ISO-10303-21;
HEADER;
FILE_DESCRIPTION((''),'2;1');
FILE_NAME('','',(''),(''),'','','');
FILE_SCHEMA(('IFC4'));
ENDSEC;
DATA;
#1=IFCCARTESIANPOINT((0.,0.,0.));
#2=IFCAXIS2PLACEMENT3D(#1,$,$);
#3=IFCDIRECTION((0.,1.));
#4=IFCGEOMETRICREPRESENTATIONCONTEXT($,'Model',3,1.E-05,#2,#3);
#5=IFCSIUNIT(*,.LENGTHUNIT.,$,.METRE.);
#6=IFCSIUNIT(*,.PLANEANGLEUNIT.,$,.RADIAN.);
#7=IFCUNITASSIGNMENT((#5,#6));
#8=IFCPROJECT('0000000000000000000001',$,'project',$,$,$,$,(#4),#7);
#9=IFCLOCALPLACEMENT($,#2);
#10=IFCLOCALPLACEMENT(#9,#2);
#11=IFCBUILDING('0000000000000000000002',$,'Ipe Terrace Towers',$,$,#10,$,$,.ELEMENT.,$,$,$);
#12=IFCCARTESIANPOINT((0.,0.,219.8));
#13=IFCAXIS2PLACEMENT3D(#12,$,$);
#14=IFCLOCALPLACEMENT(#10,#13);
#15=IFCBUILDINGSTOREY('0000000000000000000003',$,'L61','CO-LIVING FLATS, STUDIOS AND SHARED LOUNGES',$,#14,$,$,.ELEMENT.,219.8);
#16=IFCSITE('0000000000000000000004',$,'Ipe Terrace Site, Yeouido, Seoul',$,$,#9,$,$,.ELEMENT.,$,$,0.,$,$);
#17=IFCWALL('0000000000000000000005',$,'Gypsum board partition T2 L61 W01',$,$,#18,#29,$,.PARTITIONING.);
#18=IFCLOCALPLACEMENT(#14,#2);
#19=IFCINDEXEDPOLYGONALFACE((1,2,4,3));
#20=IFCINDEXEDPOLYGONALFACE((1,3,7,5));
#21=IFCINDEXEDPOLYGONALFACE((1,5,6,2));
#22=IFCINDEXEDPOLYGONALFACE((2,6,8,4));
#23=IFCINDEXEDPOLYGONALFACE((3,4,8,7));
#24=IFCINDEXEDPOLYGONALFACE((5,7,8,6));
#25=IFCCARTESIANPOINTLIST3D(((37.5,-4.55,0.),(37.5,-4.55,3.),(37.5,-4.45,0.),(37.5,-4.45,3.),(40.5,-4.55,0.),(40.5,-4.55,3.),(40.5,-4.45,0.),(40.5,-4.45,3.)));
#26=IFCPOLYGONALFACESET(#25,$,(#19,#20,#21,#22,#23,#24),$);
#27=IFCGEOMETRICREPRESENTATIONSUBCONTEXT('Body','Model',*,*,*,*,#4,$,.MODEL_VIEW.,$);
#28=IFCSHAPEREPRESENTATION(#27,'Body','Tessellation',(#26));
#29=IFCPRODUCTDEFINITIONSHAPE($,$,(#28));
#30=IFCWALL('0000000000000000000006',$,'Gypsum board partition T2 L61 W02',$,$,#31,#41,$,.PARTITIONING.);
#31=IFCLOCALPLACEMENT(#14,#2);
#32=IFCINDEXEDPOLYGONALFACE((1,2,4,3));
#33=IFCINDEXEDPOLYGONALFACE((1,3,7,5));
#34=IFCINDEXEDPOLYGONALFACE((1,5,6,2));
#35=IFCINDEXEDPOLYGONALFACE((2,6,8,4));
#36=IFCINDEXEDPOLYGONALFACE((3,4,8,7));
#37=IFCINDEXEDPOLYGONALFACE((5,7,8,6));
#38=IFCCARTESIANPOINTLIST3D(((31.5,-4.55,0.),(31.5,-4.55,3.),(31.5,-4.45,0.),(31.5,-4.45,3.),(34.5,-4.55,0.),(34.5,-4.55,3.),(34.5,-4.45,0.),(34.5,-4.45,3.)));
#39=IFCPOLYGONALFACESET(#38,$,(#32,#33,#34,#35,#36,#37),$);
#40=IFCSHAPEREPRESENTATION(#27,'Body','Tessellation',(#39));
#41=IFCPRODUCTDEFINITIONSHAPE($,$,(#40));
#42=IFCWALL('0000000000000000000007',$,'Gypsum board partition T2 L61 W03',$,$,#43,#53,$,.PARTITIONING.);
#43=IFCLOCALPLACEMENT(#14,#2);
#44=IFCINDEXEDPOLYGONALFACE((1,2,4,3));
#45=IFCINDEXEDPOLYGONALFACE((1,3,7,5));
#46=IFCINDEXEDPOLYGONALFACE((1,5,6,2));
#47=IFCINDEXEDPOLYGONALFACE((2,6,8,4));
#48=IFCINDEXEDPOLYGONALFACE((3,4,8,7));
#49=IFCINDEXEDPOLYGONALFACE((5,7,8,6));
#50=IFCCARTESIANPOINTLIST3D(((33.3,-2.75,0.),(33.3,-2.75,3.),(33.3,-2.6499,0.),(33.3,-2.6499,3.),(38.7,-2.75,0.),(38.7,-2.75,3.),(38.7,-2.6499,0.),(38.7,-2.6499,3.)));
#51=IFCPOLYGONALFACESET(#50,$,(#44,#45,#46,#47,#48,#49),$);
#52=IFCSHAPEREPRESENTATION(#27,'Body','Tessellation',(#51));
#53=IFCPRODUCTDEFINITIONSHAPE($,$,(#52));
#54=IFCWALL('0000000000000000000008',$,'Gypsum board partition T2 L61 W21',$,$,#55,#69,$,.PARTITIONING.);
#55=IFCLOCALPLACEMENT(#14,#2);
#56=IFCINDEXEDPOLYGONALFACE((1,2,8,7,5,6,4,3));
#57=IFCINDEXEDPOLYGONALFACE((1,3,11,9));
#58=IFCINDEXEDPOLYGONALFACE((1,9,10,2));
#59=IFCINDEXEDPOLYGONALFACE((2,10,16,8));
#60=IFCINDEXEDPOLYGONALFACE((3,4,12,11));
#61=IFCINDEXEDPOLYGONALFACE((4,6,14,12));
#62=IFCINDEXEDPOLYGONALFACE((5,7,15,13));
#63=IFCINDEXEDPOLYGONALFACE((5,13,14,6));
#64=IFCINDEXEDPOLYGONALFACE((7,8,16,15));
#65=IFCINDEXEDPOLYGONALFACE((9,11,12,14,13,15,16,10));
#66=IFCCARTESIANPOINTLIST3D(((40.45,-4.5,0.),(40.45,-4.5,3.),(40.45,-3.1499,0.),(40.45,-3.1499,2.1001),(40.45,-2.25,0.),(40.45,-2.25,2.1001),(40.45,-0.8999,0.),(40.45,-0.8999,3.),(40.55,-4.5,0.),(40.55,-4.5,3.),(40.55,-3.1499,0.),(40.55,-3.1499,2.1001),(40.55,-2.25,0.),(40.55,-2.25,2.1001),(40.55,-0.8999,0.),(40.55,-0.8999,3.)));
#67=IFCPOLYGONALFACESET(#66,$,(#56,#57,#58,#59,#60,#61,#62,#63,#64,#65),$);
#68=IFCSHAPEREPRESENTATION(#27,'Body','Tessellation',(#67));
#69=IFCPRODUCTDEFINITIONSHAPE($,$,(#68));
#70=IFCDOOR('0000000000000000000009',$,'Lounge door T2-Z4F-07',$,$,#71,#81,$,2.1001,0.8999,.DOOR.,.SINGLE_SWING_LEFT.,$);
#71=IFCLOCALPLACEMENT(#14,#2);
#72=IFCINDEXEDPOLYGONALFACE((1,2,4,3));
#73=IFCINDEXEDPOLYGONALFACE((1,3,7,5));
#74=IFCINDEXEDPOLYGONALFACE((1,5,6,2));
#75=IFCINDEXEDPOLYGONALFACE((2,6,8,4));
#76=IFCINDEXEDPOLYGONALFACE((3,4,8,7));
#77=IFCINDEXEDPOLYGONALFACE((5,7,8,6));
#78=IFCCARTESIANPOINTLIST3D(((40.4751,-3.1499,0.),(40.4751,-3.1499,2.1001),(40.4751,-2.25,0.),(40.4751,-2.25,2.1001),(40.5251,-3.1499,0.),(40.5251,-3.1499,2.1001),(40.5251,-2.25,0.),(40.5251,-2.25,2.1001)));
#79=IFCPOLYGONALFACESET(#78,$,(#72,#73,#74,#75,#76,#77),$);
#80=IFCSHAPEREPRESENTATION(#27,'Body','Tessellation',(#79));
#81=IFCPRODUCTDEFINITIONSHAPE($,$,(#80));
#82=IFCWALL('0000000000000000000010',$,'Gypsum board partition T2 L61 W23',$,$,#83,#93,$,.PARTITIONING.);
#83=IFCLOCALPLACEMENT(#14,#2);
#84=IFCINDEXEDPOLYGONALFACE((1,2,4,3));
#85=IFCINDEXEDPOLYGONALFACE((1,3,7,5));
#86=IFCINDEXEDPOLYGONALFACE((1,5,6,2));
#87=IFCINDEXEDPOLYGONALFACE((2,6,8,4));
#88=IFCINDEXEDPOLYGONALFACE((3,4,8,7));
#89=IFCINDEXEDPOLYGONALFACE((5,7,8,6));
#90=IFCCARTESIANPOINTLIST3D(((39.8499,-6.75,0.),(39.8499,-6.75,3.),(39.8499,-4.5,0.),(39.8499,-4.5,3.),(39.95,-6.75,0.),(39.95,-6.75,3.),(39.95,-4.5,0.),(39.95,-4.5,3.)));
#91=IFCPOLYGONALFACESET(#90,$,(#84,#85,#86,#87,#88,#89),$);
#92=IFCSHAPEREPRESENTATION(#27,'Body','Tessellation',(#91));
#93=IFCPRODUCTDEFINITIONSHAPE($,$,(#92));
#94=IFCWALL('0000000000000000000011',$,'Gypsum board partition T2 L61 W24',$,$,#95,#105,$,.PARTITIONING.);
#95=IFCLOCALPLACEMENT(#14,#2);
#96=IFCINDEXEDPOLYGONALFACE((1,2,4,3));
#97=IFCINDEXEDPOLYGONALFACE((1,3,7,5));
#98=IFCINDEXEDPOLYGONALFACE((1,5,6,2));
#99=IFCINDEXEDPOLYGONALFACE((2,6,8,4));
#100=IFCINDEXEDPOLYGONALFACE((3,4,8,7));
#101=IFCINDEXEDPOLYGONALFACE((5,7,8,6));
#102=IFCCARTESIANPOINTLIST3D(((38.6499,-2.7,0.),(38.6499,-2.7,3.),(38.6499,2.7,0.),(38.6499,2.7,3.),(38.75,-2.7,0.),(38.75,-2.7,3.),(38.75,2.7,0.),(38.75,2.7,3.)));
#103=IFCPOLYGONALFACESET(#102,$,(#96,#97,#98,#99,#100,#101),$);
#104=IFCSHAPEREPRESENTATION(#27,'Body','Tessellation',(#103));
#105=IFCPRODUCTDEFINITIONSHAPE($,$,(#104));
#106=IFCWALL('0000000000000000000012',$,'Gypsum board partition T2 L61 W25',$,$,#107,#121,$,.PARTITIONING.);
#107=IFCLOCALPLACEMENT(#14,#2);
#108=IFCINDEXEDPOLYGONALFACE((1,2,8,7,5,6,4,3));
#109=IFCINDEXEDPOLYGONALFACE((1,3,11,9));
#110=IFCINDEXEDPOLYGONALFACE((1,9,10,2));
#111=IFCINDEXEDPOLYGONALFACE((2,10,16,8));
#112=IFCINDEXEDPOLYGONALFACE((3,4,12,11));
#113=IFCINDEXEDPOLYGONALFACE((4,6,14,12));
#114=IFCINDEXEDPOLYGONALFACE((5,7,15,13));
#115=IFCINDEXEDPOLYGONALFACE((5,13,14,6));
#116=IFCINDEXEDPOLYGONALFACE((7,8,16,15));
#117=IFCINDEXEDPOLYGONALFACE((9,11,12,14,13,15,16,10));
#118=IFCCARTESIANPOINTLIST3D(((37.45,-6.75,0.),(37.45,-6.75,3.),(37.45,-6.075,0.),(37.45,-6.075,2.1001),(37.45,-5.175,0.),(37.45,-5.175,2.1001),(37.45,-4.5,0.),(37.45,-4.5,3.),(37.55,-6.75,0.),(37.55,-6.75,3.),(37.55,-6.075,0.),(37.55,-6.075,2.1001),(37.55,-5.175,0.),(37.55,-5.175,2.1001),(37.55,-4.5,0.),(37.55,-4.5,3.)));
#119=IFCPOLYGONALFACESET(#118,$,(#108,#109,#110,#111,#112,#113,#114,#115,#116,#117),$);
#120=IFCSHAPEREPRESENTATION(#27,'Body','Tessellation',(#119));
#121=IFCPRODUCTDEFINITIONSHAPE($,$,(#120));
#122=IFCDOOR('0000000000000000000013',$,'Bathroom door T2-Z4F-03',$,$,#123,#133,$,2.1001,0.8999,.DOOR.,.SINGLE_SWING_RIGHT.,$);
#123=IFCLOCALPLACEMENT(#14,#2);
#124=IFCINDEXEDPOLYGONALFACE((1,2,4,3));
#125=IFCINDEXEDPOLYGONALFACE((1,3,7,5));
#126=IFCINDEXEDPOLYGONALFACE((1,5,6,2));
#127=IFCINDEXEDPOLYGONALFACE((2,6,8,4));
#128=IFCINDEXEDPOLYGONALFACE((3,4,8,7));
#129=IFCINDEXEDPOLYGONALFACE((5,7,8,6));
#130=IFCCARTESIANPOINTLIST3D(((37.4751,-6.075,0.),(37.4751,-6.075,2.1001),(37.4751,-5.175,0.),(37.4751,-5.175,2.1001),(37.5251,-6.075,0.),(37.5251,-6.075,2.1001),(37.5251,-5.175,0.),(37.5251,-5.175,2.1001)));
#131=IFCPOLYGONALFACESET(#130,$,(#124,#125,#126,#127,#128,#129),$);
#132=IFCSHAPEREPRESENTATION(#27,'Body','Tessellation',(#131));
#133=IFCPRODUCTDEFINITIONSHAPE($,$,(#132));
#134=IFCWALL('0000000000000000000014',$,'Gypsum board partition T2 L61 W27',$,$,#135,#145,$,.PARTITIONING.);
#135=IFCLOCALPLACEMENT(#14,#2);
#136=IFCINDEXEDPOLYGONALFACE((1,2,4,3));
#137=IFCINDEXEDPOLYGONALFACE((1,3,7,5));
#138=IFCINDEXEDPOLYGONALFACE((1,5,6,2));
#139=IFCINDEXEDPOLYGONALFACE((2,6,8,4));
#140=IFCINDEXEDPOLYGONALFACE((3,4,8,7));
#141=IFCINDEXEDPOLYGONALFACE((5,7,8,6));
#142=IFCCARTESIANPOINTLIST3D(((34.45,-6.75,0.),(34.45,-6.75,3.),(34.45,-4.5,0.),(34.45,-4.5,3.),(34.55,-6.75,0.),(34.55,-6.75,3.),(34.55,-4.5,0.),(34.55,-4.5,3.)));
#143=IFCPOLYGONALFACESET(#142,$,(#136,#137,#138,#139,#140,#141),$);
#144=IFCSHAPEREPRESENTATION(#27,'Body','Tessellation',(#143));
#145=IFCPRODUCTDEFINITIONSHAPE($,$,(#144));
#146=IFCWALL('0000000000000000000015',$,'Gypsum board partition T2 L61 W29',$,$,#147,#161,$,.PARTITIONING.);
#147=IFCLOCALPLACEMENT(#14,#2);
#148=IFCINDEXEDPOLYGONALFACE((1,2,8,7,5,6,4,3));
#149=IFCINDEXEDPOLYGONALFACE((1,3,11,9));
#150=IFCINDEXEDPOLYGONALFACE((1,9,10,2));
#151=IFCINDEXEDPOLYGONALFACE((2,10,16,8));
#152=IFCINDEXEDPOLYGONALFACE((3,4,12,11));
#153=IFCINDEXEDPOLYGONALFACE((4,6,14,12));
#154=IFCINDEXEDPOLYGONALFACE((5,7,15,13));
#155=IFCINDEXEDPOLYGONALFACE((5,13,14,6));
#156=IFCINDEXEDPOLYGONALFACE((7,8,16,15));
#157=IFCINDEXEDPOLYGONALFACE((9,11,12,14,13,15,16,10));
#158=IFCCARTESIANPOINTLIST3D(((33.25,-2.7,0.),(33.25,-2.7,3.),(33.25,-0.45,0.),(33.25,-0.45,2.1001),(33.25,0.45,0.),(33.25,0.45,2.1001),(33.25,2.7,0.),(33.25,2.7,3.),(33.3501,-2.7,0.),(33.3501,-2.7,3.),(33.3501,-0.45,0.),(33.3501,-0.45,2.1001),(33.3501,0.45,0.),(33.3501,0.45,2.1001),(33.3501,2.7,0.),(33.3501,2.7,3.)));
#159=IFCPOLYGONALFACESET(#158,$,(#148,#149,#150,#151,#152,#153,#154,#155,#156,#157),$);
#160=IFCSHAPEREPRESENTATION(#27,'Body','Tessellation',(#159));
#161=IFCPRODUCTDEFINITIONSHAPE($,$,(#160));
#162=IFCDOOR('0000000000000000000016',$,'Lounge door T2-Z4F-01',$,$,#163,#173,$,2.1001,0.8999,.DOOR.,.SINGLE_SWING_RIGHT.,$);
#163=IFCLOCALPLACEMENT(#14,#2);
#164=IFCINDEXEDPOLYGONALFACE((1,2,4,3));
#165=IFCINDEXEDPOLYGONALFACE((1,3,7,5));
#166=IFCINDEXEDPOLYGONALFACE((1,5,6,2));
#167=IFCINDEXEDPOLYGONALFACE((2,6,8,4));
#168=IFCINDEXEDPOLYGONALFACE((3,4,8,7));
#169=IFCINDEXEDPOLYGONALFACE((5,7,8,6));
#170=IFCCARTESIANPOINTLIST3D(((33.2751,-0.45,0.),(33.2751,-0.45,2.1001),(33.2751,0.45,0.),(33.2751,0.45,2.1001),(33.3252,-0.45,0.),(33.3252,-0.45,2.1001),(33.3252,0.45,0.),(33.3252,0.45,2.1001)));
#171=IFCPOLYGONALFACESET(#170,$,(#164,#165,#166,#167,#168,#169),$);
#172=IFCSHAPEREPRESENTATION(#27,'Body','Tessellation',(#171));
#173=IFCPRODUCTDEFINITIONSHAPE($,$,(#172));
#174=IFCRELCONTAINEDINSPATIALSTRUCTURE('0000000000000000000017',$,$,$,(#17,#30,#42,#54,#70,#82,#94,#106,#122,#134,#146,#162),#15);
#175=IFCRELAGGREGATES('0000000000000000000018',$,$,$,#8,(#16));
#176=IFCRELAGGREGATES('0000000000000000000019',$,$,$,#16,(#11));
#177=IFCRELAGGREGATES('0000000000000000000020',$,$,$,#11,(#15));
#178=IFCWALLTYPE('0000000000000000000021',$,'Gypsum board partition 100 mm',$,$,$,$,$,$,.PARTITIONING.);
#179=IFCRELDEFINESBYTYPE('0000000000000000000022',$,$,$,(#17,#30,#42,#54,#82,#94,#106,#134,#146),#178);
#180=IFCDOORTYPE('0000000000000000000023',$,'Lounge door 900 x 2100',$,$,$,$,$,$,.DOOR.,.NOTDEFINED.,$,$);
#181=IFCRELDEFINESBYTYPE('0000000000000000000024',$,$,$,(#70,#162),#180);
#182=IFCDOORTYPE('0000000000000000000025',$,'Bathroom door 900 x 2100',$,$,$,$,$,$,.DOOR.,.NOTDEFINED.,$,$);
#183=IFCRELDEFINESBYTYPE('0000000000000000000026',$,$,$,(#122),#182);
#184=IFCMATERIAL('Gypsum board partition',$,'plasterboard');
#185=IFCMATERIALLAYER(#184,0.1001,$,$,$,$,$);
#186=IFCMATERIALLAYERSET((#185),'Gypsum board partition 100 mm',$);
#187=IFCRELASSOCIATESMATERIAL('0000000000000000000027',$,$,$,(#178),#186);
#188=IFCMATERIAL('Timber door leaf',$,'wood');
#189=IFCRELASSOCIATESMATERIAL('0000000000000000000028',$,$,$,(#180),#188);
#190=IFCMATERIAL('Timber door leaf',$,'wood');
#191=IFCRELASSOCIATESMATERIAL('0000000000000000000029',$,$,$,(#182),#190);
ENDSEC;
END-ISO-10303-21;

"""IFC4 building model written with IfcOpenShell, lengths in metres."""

from ifc_helpers import new_model, si_unit, direction, frame, frame_2d, origin, place, context, subcontext, project, spatial, rectangle, extrude, material, layer, layer_set, type_object, element, fill, save


model = new_model("IFC4")

# Units and contexts
model_context = context("Model", 3, precision=1e-05, world=origin(), true_north=direction((0.0, 1.0)))
body_context = subcontext(model_context, "Body", "Model", "MODEL_VIEW")
ifc_project = project(units=[si_unit("LENGTHUNIT", "METRE"), si_unit("PLANEANGLEUNIT", "RADIAN")], contexts=[model_context])

# Site, building, storey
site_placement = place(None, origin())
site = spatial("IfcSite", under=ifc_project, at=site_placement, Name="Ipe Terrace Site, Yeouido, Seoul", CompositionType="ELEMENT", RefElevation=0.0)
building_placement = place(site_placement, origin())
building = spatial("IfcBuilding", under=site, at=building_placement, Name="Ipe Terrace Towers", CompositionType="ELEMENT")
storey_placement = place(building_placement, frame((0.0, 0.0, 219.8)))
storey = spatial("IfcBuildingStorey", under=building, at=storey_placement, Name="L61", Description="CO-LIVING FLATS, STUDIOS AND SHARED LOUNGES", CompositionType="ELEMENT", Elevation=219.8)

# Walls
ifc_material_1 = material(Name="Gypsum board partition", Category="plasterboard")
ifc_layer_1 = layer(ifc_material_1, 0.1001)
ifc_layer_set_1 = layer_set([ifc_layer_1], Name="Gypsum board partition 100 mm")
wall_type_1 = type_object("IfcWallType", Name="Gypsum board partition 100 mm", PredefinedType="PARTITIONING", material=ifc_layer_set_1)
for number, where, z_axis, x_axis, name in (
    (1, (40.5, -4.5, 0.0), (0.0, 0.0, 1.0), (-1.0, 0.0, 0.0), "Gypsum board partition T2 L61 W01"),
    (2, (34.5, -4.5, 0.0), (0.0, 0.0, 1.0), (-1.0, 0.0, 0.0), "Gypsum board partition T2 L61 W02"),
):
    element("IfcWall", number, at=place(storey_placement, frame(where, z_axis=z_axis, x_axis=x_axis)), inside=storey, type_object=wall_type_1, Name=name, PredefinedType="PARTITIONING", context=body_context, shape_type="SweptSolid", body=[
        extrude(rectangle(XDim=3.0, YDim=0.1001, at=frame_2d((1.5, 0.0))), origin(), (0.0, 0.0, 1.0), 3.0),
    ])
wall_1_placement = place(storey_placement, frame((38.7, -2.7, 0.0), z_axis=(0.0, 0.0, 1.0), x_axis=(-1.0, 0.0, 0.0)))
element("IfcWall", 3, at=wall_1_placement, inside=storey, type_object=wall_type_1, Name="Gypsum board partition T2 L61 W03", PredefinedType="PARTITIONING", context=body_context, shape_type="SweptSolid", body=[
    extrude(rectangle(XDim=5.3999, YDim=0.1001, at=frame_2d((2.7, 0.0))), origin(), (0.0, 0.0, 1.0), 3.0),
])

# Wall, opening, door
wall_2_placement = place(storey_placement, frame((40.5, -4.5, 0.0), z_axis=(0.0, 0.0, 1.0), x_axis=(0.0, 1.0, 0.0)))
wall_2 = element("IfcWall", 4, at=wall_2_placement, inside=storey, type_object=wall_type_1, Name="Gypsum board partition T2 L61 W21", PredefinedType="PARTITIONING", context=body_context, shape_type="SweptSolid", body=[
    extrude(rectangle(XDim=3.6001, YDim=0.1001, at=frame_2d((1.8, 0.0))), origin(), (0.0, 0.0, 1.0), 3.0),
])
opening_1_placement = place(wall_2_placement, frame((1.3501, 0.0, 0.0)))
opening_1 = element("IfcOpeningElement", 5, at=opening_1_placement, cuts=wall_2, PredefinedType="OPENING", context=body_context, shape_type="SweptSolid", body=[
    extrude(rectangle(XDim=0.8999, YDim=2.1001, at=frame_2d((0.45, 1.05))), frame((0.0, 0.0601, 0.0), z_axis=(0.0, -1.0, 0.0), x_axis=(1.0, 0.0, 0.0)), (0.0, 0.0, 1.0), 0.1201),
])
ifc_material_2 = material(Name="Timber door leaf", Category="wood")
door_type_1 = type_object("IfcDoorType", Name="Lounge door 900 x 2100", OperationType="NOTDEFINED", PredefinedType="DOOR", material=ifc_material_2)
door_1_placement = place(opening_1_placement, origin())
door_1 = element("IfcDoor", 6, at=door_1_placement, inside=storey, type_object=door_type_1, Name="Lounge door T2-Z4F-07", OperationType="SINGLE_SWING_LEFT", OverallHeight=2.1001, OverallWidth=0.8999, PredefinedType="DOOR", context=body_context, shape_type="SweptSolid", body=[
    extrude(rectangle(XDim=0.8999, YDim=2.1001, at=frame_2d((0.45, 1.05))), frame((0.0, 0.0249, 0.0), z_axis=(0.0, -1.0, 0.0), x_axis=(1.0, 0.0, 0.0)), (0.0, 0.0, 1.0), 0.05),
])
fill(opening_1, door_1)

# Walls
wall_3_placement = place(storey_placement, frame((39.8999, -6.75, 0.0), z_axis=(0.0, 0.0, 1.0), x_axis=(0.0, 1.0, 0.0)))
element("IfcWall", 7, at=wall_3_placement, inside=storey, type_object=wall_type_1, Name="Gypsum board partition T2 L61 W23", PredefinedType="PARTITIONING", context=body_context, shape_type="SweptSolid", body=[
    extrude(rectangle(XDim=2.25, YDim=0.1001, at=frame_2d((1.125, 0.0))), origin(), (0.0, 0.0, 1.0), 3.0),
])
wall_4_placement = place(storey_placement, frame((38.7, -2.7, 0.0), z_axis=(0.0, 0.0, 1.0), x_axis=(0.0, 1.0, 0.0)))
element("IfcWall", 8, at=wall_4_placement, inside=storey, type_object=wall_type_1, Name="Gypsum board partition T2 L61 W24", PredefinedType="PARTITIONING", context=body_context, shape_type="SweptSolid", body=[
    extrude(rectangle(XDim=5.3999, YDim=0.1001, at=frame_2d((2.7, 0.0))), origin(), (0.0, 0.0, 1.0), 3.0),
])

# Wall, opening, door
wall_5_placement = place(storey_placement, frame((37.5, -6.75, 0.0), z_axis=(0.0, 0.0, 1.0), x_axis=(0.0, 1.0, 0.0)))
wall_5 = element("IfcWall", 9, at=wall_5_placement, inside=storey, type_object=wall_type_1, Name="Gypsum board partition T2 L61 W25", PredefinedType="PARTITIONING", context=body_context, shape_type="SweptSolid", body=[
    extrude(rectangle(XDim=2.25, YDim=0.1001, at=frame_2d((1.125, 0.0))), origin(), (0.0, 0.0, 1.0), 3.0),
])
opening_2_placement = place(wall_5_placement, frame((0.675, 0.0, 0.0)))
opening_2 = element("IfcOpeningElement", 10, at=opening_2_placement, cuts=wall_5, PredefinedType="OPENING", context=body_context, shape_type="SweptSolid", body=[
    extrude(rectangle(XDim=0.8999, YDim=2.1001, at=frame_2d((0.45, 1.05))), frame((0.0, 0.0601, 0.0), z_axis=(0.0, -1.0, 0.0), x_axis=(1.0, 0.0, 0.0)), (0.0, 0.0, 1.0), 0.1201),
])
ifc_material_3 = material(Name="Timber door leaf", Category="wood")
door_type_2 = type_object("IfcDoorType", Name="Bathroom door 900 x 2100", OperationType="NOTDEFINED", PredefinedType="DOOR", material=ifc_material_3)
door_2_placement = place(opening_2_placement, origin())
door_2 = element("IfcDoor", 11, at=door_2_placement, inside=storey, type_object=door_type_2, Name="Bathroom door T2-Z4F-03", OperationType="SINGLE_SWING_RIGHT", OverallHeight=2.1001, OverallWidth=0.8999, PredefinedType="DOOR", context=body_context, shape_type="SweptSolid", body=[
    extrude(rectangle(XDim=0.8999, YDim=2.1001, at=frame_2d((0.45, 1.05))), frame((0.0, 0.0249, 0.0), z_axis=(0.0, -1.0, 0.0), x_axis=(1.0, 0.0, 0.0)), (0.0, 0.0, 1.0), 0.05),
])
fill(opening_2, door_2)

# Wall
wall_6_placement = place(storey_placement, frame((34.5, -6.75, 0.0), z_axis=(0.0, 0.0, 1.0), x_axis=(0.0, 1.0, 0.0)))
element("IfcWall", 12, at=wall_6_placement, inside=storey, type_object=wall_type_1, Name="Gypsum board partition T2 L61 W27", PredefinedType="PARTITIONING", context=body_context, shape_type="SweptSolid", body=[
    extrude(rectangle(XDim=2.25, YDim=0.1001, at=frame_2d((1.125, 0.0))), origin(), (0.0, 0.0, 1.0), 3.0),
])

# Wall, opening, door
wall_7_placement = place(storey_placement, frame((33.3, -2.7, 0.0), z_axis=(0.0, 0.0, 1.0), x_axis=(0.0, 1.0, 0.0)))
wall_7 = element("IfcWall", 13, at=wall_7_placement, inside=storey, type_object=wall_type_1, Name="Gypsum board partition T2 L61 W29", PredefinedType="PARTITIONING", context=body_context, shape_type="SweptSolid", body=[
    extrude(rectangle(XDim=5.3999, YDim=0.1001, at=frame_2d((2.7, 0.0))), origin(), (0.0, 0.0, 1.0), 3.0),
])
opening_3_placement = place(wall_7_placement, frame((2.25, 0.0, 0.0)))
opening_3 = element("IfcOpeningElement", 14, at=opening_3_placement, cuts=wall_7, PredefinedType="OPENING", context=body_context, shape_type="SweptSolid", body=[
    extrude(rectangle(XDim=0.8999, YDim=2.1001, at=frame_2d((0.45, 1.05))), frame((0.0, 0.0601, 0.0), z_axis=(0.0, -1.0, 0.0), x_axis=(1.0, 0.0, 0.0)), (0.0, 0.0, 1.0), 0.1201),
])
door_3_placement = place(opening_3_placement, origin())
door_3 = element("IfcDoor", 15, at=door_3_placement, inside=storey, type_object=door_type_1, Name="Lounge door T2-Z4F-01", OperationType="SINGLE_SWING_RIGHT", OverallHeight=2.1001, OverallWidth=0.8999, PredefinedType="DOOR", context=body_context, shape_type="SweptSolid", body=[
    extrude(rectangle(XDim=0.8999, YDim=2.1001, at=frame_2d((0.45, 1.05))), frame((0.0, 0.0249, 0.0), z_axis=(0.0, -1.0, 0.0), x_axis=(1.0, 0.0, 0.0)), (0.0, 0.0, 1.0), 0.05),
])
fill(opening_3, door_3)

save(model, "model.ifc")
